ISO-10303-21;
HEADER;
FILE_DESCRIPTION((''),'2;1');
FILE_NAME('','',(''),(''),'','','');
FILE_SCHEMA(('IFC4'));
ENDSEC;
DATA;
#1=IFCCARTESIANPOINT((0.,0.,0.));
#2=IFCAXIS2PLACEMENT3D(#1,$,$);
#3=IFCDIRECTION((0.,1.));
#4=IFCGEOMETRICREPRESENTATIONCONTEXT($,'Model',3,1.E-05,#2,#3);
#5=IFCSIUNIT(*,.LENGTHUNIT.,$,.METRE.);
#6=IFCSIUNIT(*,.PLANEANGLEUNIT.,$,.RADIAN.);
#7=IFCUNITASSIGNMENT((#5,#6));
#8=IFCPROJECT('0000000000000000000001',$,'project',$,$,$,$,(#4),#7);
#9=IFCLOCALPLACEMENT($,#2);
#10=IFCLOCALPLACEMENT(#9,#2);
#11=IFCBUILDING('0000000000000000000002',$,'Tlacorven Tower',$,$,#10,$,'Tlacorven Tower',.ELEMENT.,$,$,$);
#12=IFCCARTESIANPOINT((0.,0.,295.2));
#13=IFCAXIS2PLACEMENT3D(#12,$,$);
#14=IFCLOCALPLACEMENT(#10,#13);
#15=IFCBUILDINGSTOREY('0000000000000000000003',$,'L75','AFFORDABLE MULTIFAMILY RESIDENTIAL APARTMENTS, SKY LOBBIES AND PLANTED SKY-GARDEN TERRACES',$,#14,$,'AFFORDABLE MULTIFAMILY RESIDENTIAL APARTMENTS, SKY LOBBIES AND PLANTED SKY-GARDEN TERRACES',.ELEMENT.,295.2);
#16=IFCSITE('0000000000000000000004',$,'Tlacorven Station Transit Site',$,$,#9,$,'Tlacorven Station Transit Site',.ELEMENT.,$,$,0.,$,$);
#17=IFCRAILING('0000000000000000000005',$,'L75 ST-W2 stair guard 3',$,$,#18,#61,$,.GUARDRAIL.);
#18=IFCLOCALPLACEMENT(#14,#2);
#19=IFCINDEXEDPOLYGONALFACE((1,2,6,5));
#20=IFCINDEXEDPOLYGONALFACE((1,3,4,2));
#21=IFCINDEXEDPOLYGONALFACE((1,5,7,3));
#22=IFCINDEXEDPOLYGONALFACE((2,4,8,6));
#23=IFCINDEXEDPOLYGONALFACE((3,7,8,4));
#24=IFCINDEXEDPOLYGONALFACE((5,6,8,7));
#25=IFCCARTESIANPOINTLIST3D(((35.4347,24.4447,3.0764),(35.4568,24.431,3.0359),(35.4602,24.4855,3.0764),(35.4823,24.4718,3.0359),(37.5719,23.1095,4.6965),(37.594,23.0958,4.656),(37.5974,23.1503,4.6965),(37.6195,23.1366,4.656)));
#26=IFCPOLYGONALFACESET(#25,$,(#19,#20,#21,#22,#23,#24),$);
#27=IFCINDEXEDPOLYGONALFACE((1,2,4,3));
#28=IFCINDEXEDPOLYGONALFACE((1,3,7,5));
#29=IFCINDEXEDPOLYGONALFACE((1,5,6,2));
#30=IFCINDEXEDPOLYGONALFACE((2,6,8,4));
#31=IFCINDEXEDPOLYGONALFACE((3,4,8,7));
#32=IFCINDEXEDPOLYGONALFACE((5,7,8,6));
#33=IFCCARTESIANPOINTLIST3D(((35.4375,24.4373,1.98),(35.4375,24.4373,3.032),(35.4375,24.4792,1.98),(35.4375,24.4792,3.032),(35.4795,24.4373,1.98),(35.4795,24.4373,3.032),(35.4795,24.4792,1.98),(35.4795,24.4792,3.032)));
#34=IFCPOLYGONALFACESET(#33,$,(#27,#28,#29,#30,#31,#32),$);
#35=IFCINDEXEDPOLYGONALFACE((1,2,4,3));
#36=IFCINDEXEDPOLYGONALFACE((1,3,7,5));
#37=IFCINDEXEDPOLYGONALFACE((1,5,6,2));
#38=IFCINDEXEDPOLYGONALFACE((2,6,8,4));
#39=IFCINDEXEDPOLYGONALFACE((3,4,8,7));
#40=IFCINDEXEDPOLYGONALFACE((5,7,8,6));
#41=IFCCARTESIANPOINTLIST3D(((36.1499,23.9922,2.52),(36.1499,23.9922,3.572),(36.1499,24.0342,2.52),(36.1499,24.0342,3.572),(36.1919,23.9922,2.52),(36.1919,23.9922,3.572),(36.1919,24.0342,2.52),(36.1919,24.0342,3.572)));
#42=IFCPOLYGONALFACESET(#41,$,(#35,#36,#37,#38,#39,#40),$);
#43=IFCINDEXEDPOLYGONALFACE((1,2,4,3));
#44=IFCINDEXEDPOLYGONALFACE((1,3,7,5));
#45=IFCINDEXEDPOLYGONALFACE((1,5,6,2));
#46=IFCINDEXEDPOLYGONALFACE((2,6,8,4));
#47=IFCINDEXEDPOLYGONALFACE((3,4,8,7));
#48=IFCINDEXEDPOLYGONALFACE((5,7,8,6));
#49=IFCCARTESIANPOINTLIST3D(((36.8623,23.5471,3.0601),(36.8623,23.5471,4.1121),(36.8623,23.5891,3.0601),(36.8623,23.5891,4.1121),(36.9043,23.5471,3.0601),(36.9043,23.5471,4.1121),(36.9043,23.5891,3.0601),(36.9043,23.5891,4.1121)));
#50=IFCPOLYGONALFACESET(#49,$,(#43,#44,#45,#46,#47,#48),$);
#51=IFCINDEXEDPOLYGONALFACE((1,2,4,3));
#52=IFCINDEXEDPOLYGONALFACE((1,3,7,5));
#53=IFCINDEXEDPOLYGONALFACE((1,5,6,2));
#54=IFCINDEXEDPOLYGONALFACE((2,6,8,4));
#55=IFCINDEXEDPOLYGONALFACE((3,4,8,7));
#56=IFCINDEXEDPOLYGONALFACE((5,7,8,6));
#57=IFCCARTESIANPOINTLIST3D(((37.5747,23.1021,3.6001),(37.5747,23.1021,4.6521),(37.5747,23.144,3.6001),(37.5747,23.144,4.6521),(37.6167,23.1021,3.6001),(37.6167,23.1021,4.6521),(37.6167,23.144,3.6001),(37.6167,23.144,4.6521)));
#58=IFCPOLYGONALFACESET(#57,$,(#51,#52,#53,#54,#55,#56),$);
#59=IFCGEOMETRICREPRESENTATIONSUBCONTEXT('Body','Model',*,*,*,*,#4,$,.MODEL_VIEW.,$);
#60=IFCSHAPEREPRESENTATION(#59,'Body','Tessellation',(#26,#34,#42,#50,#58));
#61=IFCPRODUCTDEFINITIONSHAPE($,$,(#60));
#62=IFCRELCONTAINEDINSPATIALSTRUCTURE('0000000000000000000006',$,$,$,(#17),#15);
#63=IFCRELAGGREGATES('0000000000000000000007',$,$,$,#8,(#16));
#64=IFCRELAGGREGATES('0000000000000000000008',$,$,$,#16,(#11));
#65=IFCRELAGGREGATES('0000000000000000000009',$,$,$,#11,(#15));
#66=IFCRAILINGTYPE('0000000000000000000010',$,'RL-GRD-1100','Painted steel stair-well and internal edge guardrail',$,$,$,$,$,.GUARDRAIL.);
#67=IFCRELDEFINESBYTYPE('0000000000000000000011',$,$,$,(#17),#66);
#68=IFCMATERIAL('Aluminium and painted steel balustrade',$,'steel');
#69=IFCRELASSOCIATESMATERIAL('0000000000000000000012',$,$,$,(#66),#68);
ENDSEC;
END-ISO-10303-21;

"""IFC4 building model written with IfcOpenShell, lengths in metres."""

from ifc_helpers import new_model, si_unit, direction, frame, origin, origin_2d, place, context, subcontext, project, spatial, rectangle, extrude, source, transform, mapped, material, type_object, element, save


model = new_model("IFC4")

# Units and contexts
model_context = context("Model", 3, precision=1e-05, world=origin(), true_north=direction((0.0, 1.0)))
body_context = subcontext(model_context, "Body", "Model", "MODEL_VIEW")
ifc_project = project(units=[si_unit("LENGTHUNIT", "METRE"), si_unit("PLANEANGLEUNIT", "RADIAN")], contexts=[model_context])

# Site, building, storey
site_placement = place(None, origin())
site = spatial("IfcSite", under=ifc_project, at=site_placement, Name="Tlacorven Station Transit Site", LongName="Tlacorven Station Transit Site", CompositionType="ELEMENT", RefElevation=0.0)
building_placement = place(site_placement, origin())
building = spatial("IfcBuilding", under=site, at=building_placement, Name="Tlacorven Tower", LongName="Tlacorven Tower", CompositionType="ELEMENT")
storey_placement = place(building_placement, frame((0.0, 0.0, 295.2)))
storey = spatial("IfcBuildingStorey", under=building, at=storey_placement, Name="L75", Description="AFFORDABLE MULTIFAMILY RESIDENTIAL APARTMENTS, SKY LOBBIES AND PLANTED SKY-GARDEN TERRACES", LongName="AFFORDABLE MULTIFAMILY RESIDENTIAL APARTMENTS, SKY LOBBIES AND PLANTED SKY-GARDEN TERRACES", CompositionType="ELEMENT", Elevation=295.2)

# Railing
ifc_material_1 = material(Name="Aluminium and painted steel balustrade", Category="steel")
railing_type_1 = type_object("IfcRailingType", Name="RL-GRD-1100", Description="Painted steel stair-well and internal edge guardrail", PredefinedType="GUARDRAIL", material=ifc_material_1)
shared_shape_1 = source(origin(), body_context, "Body", "SweptSolid", [
    extrude(rectangle(XDim=0.0481, YDim=0.0481, at=origin_2d()), frame((0.0, 0.0, 1.0762), z_axis=(0.713386, -0.445683, 0.540784), x_axis=(0.529842, 0.848096, 0.0)), (0.0, 0.0, 1.0), 2.9958),
    extrude(rectangle(XDim=0.042, YDim=0.042, at=origin_2d()), origin(), (0.0, 0.0, 1.0), 1.052),
    extrude(rectangle(XDim=0.042, YDim=0.042, at=origin_2d()), frame((0.7124, -0.4451, 0.54)), (0.0, 0.0, 1.0), 1.052),
    extrude(rectangle(XDim=0.042, YDim=0.042, at=origin_2d()), frame((1.4248, -0.8901, 1.0801)), (0.0, 0.0, 1.0), 1.052),
    extrude(rectangle(XDim=0.042, YDim=0.042, at=origin_2d()), frame((2.1372, -1.3352, 1.6201)), (0.0, 0.0, 1.0), 1.052),
])
railing_1_placement = place(storey_placement, frame((35.4585, 24.4583, 1.98)))
element("IfcRailing", 1, at=railing_1_placement, inside=storey, type_object=railing_type_1, Name="L75 ST-W2 stair guard 3", PredefinedType="GUARDRAIL", context=body_context, shape_type="MappedRepresentation", body=[
    mapped(shared_shape_1, transform((0.0, 0.0, 0.0), scale=1.0)),
])

save(model, "model.ifc")
